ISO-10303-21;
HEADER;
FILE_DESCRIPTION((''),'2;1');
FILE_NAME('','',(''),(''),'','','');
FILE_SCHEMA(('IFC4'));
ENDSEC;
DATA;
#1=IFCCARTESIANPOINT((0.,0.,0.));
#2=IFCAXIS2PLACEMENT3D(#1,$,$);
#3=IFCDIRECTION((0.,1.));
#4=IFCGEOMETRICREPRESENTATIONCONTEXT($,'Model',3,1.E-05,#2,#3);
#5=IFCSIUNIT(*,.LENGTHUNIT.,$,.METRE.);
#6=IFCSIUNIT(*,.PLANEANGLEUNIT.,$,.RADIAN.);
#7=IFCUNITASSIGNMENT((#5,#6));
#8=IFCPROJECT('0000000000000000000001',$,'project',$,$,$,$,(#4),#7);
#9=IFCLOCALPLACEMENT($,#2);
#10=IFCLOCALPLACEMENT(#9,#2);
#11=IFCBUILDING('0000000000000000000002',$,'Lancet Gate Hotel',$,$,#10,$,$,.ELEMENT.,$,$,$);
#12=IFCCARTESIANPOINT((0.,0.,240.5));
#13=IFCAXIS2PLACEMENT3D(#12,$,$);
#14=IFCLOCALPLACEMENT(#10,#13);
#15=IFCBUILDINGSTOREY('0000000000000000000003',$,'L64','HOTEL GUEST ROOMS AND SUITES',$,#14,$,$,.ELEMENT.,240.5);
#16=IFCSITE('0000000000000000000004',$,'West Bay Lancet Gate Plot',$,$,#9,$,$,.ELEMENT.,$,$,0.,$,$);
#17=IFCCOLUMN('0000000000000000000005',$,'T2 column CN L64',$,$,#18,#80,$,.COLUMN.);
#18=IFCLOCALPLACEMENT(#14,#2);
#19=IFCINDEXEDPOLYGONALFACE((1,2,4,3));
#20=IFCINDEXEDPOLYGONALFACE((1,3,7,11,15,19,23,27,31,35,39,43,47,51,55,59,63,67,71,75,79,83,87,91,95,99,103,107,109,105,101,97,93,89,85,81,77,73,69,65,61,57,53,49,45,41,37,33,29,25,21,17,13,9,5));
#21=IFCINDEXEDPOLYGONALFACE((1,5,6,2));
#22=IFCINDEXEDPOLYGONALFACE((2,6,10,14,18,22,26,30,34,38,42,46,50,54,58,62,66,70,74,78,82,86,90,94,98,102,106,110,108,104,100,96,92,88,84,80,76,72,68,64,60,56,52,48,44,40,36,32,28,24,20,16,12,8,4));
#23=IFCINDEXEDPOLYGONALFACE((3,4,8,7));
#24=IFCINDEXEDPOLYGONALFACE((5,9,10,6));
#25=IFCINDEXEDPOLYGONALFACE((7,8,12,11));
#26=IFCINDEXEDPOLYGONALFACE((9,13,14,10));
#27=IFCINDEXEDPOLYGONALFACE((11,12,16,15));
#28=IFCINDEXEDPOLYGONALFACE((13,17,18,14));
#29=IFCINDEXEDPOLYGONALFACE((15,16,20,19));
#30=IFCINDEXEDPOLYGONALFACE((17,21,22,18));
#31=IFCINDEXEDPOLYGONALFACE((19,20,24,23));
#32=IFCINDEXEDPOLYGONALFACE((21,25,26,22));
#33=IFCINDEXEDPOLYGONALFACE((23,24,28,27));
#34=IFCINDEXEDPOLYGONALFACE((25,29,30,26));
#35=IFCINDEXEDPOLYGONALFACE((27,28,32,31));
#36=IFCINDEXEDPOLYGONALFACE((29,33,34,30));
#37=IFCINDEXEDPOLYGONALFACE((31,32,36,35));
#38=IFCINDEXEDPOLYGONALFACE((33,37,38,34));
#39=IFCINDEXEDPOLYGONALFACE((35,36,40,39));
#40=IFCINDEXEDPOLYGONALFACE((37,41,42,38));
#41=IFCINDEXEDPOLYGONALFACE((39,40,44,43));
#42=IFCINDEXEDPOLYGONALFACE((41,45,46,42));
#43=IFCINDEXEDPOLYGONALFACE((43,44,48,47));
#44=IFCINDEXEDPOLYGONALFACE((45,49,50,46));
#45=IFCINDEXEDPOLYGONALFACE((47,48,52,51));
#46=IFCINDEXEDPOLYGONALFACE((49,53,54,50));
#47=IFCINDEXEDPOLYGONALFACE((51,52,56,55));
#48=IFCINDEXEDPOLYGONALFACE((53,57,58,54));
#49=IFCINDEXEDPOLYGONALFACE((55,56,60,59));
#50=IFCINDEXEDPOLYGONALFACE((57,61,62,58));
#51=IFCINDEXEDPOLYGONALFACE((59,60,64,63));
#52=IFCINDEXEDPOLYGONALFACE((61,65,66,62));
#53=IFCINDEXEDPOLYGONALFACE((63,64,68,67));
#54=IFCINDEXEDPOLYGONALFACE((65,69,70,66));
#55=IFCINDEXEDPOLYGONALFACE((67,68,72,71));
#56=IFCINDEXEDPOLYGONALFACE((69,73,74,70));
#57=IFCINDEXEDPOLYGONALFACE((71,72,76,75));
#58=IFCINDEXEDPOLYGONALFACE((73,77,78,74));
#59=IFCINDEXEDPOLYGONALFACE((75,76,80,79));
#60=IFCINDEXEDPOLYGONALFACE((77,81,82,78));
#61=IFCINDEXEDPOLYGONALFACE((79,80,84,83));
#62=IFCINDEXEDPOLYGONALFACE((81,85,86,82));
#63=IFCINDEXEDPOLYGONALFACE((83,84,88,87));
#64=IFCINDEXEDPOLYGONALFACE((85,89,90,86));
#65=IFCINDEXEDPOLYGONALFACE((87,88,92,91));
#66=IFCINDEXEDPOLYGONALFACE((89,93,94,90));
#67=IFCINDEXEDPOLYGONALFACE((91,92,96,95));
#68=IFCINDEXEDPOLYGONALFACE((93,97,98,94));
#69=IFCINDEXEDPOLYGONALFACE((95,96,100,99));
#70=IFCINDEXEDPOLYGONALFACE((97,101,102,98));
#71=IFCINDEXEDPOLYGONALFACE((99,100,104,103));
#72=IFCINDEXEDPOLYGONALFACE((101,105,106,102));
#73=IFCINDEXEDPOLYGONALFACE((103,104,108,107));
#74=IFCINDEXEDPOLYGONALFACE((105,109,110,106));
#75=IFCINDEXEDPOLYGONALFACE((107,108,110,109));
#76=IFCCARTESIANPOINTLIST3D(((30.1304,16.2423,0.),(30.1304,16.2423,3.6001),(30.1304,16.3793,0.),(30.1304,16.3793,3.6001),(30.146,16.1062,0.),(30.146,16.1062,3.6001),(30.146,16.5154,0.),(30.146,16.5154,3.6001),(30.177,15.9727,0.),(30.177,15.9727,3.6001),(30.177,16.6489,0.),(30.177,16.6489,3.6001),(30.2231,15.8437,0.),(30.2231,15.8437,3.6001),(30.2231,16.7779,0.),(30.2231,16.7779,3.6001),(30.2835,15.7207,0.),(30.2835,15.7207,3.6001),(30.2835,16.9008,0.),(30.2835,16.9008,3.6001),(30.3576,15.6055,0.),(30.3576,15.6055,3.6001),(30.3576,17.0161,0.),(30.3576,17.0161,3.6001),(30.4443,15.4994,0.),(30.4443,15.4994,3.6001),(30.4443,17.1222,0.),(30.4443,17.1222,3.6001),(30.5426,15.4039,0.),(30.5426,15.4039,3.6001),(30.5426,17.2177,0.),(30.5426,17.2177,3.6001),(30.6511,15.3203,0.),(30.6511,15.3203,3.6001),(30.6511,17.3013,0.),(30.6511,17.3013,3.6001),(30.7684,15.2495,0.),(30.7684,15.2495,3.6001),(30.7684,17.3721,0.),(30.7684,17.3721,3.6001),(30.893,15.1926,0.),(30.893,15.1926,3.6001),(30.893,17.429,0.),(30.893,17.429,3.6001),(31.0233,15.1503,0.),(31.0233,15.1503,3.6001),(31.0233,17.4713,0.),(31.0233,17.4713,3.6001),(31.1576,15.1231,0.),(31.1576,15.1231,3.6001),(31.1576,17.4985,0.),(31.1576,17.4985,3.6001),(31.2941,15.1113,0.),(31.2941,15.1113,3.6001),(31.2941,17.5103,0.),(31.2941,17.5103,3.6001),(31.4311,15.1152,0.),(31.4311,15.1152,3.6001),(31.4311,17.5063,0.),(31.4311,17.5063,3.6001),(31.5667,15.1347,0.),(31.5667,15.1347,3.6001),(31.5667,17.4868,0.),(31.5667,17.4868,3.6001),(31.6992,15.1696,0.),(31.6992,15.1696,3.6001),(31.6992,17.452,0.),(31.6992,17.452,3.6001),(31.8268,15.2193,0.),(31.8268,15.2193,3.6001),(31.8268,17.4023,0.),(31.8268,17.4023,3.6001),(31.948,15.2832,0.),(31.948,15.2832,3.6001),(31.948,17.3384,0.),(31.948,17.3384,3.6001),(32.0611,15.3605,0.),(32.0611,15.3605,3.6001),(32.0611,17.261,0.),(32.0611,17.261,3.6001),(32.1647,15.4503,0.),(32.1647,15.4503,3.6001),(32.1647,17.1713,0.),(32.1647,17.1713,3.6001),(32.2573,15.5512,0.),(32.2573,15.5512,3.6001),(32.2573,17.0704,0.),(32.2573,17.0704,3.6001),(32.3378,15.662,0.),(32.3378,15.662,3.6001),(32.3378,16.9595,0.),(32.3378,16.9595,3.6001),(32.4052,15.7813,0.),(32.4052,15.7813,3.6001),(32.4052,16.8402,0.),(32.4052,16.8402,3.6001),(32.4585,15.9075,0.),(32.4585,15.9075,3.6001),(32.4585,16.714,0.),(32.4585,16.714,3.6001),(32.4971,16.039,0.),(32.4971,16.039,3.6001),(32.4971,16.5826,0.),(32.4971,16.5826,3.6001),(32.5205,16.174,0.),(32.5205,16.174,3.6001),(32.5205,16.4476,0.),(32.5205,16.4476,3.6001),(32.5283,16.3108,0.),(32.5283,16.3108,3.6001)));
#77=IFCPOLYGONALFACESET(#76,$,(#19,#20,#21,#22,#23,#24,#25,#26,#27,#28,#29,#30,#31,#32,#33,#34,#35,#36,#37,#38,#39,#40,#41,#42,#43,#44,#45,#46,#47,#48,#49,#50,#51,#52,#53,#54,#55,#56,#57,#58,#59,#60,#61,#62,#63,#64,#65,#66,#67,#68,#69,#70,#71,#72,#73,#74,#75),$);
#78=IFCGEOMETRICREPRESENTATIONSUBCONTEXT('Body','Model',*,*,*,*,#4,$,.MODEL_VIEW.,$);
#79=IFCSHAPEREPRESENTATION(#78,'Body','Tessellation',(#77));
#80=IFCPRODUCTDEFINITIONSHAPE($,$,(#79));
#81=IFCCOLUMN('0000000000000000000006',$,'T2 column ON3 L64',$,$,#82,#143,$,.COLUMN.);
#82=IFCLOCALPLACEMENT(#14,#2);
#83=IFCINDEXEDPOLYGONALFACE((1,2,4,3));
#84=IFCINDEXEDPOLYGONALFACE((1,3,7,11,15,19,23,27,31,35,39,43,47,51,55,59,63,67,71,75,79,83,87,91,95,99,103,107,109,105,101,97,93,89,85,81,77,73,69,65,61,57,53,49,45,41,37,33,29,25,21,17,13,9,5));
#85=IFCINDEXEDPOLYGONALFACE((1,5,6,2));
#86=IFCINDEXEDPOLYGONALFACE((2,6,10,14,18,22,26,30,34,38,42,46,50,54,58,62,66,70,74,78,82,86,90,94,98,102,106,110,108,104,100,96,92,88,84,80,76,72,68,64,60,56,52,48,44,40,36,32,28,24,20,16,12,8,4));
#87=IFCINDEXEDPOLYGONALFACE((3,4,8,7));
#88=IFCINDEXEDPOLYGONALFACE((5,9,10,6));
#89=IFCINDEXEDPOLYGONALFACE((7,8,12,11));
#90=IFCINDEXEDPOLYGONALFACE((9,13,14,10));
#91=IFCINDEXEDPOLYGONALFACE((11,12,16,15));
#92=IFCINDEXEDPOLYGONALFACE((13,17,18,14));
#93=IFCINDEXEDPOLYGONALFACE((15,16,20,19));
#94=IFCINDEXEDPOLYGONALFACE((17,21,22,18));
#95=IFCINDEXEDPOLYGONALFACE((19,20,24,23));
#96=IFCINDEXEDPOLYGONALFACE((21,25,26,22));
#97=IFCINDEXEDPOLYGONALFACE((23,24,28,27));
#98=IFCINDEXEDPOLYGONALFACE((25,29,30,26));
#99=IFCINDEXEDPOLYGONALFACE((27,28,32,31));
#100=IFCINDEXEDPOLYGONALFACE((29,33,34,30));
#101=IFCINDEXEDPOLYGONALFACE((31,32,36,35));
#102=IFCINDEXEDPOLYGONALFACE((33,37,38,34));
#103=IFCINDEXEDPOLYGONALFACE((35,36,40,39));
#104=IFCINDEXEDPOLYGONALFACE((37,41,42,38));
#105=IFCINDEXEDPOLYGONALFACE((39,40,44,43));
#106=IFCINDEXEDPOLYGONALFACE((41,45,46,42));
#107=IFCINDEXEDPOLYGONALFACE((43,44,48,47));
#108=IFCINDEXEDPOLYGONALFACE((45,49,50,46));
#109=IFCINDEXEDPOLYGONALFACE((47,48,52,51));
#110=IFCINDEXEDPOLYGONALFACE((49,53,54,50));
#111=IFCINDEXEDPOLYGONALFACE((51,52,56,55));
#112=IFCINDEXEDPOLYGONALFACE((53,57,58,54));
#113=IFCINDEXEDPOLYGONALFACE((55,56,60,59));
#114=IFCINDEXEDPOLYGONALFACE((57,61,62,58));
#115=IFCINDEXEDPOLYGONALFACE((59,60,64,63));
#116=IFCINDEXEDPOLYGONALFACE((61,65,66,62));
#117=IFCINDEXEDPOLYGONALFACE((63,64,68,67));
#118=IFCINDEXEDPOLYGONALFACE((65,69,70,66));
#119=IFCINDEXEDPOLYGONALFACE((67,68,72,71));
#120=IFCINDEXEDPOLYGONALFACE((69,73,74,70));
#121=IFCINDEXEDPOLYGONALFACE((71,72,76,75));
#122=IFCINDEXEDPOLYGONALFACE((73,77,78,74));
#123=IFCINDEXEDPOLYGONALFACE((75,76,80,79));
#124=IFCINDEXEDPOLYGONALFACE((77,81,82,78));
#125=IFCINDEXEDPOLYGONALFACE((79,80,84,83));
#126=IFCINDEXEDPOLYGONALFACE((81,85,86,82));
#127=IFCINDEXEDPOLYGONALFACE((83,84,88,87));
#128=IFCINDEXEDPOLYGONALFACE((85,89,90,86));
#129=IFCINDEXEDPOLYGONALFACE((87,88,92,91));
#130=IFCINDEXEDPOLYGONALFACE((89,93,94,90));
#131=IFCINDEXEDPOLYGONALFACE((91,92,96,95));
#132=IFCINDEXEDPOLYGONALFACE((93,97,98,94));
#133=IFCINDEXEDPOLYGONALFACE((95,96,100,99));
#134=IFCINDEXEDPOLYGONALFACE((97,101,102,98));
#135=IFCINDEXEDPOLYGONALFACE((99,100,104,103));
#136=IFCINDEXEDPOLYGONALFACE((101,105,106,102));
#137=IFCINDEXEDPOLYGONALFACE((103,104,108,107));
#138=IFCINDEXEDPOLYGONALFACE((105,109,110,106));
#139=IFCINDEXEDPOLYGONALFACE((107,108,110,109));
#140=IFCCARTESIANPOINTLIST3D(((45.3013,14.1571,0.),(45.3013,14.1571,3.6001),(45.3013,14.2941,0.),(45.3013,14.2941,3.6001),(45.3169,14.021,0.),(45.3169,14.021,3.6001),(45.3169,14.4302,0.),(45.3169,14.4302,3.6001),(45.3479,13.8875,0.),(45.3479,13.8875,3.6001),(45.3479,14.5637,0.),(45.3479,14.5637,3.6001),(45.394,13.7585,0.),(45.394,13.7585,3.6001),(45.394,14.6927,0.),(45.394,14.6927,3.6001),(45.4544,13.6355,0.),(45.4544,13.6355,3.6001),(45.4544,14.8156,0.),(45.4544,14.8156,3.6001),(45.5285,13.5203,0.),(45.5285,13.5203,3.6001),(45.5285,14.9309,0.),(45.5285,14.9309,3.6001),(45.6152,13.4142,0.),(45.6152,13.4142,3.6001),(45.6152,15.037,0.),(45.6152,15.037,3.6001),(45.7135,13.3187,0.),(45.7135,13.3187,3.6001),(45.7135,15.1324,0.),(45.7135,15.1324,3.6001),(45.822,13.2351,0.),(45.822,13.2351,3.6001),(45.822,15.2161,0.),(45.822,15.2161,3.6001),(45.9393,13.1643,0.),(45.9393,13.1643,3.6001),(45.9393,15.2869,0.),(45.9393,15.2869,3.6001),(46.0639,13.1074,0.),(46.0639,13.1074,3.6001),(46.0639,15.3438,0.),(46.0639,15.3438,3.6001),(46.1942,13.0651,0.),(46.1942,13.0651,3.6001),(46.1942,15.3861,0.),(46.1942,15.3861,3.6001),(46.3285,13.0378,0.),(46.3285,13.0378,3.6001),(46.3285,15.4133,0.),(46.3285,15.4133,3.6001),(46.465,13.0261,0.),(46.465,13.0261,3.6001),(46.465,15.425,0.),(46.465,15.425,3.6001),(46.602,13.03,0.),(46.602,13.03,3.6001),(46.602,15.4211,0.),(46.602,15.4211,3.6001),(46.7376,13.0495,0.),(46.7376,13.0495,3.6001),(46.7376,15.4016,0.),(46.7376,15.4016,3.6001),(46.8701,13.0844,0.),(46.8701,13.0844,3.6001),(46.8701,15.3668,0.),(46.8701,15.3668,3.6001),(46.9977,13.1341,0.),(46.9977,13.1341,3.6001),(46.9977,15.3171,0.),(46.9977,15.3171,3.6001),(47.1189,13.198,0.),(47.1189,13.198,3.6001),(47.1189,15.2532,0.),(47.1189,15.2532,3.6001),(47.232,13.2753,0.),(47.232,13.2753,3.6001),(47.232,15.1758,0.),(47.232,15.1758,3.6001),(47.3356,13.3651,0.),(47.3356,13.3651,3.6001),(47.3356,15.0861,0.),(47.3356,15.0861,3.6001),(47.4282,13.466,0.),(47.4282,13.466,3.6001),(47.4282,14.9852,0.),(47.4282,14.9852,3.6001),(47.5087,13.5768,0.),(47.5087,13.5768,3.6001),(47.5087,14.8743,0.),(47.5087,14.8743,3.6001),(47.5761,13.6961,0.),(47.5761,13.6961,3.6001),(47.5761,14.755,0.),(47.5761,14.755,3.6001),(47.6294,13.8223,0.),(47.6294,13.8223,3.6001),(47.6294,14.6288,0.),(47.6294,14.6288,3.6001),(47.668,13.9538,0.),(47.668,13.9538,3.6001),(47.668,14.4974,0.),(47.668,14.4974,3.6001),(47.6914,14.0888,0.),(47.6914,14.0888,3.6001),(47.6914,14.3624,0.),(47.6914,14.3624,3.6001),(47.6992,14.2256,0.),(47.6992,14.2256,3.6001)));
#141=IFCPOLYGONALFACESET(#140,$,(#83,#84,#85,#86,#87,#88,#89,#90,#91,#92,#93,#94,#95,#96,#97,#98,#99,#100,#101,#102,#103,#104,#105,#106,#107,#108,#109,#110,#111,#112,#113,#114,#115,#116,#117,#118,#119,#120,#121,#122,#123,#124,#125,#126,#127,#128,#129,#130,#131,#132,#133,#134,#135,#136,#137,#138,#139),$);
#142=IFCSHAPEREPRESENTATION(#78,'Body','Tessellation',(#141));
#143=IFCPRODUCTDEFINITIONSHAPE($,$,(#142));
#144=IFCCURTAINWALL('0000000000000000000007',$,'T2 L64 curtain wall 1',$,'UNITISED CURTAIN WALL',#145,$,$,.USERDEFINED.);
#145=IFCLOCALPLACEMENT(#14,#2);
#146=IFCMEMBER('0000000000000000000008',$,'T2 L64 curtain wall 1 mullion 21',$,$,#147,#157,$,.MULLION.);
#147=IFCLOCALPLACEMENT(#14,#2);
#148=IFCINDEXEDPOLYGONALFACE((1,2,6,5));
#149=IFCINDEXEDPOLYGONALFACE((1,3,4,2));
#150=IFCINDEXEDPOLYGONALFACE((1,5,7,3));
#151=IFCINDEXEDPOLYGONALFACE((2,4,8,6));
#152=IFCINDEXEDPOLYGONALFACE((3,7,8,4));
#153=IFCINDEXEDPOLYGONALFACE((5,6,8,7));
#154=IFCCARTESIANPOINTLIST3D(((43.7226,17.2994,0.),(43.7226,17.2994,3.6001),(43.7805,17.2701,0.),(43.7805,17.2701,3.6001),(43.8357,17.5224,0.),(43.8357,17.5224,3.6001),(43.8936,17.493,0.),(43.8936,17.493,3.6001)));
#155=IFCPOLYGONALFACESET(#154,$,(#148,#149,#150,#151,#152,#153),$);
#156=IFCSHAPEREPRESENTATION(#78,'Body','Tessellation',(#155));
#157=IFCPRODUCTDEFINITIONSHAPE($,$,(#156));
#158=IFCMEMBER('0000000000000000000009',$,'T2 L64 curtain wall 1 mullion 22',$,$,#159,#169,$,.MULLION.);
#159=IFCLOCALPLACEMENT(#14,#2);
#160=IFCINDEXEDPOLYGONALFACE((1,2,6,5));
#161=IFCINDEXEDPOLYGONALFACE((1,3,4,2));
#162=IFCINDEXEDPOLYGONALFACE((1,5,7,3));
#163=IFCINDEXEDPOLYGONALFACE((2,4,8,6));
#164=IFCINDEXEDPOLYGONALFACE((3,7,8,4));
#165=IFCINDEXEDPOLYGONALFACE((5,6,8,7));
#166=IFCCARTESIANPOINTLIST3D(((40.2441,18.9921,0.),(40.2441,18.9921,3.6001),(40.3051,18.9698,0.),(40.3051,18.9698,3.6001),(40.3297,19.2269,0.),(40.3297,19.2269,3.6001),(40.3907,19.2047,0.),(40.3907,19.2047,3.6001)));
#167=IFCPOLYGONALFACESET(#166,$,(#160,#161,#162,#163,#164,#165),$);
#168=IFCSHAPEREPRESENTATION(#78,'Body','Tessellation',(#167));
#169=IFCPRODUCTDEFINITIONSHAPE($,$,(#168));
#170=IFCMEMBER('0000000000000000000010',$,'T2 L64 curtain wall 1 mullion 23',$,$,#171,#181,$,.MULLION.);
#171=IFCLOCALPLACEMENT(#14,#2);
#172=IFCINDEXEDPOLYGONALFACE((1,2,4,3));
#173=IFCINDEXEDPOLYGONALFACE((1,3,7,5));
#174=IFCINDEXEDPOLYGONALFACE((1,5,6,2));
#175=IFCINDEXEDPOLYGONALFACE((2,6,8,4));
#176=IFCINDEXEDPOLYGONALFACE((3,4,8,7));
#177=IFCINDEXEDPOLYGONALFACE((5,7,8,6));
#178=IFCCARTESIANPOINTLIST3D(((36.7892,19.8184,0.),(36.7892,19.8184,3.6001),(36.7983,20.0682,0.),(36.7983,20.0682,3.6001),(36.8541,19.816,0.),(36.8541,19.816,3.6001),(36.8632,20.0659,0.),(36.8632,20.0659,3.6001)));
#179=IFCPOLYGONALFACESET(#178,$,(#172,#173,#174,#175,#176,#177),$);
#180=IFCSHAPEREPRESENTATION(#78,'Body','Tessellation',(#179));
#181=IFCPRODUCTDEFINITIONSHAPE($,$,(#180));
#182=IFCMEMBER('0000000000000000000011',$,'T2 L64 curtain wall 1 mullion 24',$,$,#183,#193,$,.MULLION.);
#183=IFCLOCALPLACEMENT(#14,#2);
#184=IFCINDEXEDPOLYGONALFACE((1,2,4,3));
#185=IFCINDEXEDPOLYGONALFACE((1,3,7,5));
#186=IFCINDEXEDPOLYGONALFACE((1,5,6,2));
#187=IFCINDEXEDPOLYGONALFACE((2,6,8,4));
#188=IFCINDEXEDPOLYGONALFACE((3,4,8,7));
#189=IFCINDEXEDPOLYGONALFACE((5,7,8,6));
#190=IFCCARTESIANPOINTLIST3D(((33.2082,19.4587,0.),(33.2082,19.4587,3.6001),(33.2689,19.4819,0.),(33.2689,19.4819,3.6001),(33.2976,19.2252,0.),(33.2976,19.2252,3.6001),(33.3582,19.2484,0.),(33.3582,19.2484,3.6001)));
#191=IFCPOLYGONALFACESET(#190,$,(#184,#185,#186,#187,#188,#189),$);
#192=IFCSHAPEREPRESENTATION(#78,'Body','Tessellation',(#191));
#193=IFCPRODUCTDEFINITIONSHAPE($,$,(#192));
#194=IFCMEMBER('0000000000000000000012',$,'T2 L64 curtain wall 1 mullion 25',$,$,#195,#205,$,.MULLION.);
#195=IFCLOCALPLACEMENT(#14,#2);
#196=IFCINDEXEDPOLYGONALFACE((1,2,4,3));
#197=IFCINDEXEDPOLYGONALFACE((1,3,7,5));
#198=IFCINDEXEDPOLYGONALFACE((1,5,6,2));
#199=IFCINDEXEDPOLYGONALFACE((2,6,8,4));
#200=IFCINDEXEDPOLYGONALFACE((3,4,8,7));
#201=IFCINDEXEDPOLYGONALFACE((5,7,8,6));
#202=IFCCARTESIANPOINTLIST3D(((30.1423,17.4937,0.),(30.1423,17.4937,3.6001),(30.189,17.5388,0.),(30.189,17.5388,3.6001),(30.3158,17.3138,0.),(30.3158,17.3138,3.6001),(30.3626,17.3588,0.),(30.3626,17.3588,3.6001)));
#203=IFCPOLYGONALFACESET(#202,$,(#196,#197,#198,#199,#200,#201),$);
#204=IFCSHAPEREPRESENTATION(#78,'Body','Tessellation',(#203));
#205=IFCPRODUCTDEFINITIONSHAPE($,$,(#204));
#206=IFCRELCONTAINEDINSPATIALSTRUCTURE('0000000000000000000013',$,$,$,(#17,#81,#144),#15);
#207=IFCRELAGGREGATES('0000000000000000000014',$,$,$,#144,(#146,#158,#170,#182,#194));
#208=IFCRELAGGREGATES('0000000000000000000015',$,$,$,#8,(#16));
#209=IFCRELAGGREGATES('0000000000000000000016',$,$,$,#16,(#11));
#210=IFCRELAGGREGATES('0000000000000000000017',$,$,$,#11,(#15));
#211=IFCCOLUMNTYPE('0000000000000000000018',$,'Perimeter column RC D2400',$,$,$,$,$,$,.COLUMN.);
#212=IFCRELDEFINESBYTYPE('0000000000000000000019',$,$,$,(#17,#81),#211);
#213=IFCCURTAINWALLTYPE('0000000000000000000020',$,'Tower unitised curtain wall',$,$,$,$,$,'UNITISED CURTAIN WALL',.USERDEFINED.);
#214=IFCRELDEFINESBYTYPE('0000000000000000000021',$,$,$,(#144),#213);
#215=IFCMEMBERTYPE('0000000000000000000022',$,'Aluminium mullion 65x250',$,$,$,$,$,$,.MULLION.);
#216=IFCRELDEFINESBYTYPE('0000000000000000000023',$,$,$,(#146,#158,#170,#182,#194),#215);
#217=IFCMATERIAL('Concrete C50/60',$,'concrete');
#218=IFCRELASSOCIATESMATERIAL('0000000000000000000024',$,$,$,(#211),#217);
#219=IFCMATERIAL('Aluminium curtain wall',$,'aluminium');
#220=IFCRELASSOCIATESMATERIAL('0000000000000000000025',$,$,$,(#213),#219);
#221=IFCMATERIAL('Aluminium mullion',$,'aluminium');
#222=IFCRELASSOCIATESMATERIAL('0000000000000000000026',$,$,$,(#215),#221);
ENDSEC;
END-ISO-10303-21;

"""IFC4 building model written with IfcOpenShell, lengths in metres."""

from ifc_helpers import new_model, si_unit, direction, frame, origin, origin_2d, place, context, subcontext, project, spatial, rectangle, circle, extrude, material, material_profile, profile_set, type_object, element, aggregate, save


model = new_model("IFC4")

# Units and contexts
model_context = context("Model", 3, precision=1e-05, world=origin(), true_north=direction((0.0, 1.0)))
body_context = subcontext(model_context, "Body", "Model", "MODEL_VIEW")
ifc_project = project(units=[si_unit("LENGTHUNIT", "METRE"), si_unit("PLANEANGLEUNIT", "RADIAN")], contexts=[model_context])

# Site, building, storey
site_placement = place(None, origin())
site = spatial("IfcSite", under=ifc_project, at=site_placement, Name="West Bay Lancet Gate Plot", CompositionType="ELEMENT", RefElevation=0.0)
building_placement = place(site_placement, origin())
building = spatial("IfcBuilding", under=site, at=building_placement, Name="Lancet Gate Hotel", CompositionType="ELEMENT")
storey_placement = place(building_placement, frame((0.0, 0.0, 240.5)))
storey = spatial("IfcBuildingStorey", under=building, at=storey_placement, Name="L64", Description="HOTEL GUEST ROOMS AND SUITES", CompositionType="ELEMENT", Elevation=240.5)

# Columns
ifc_material_1 = material(Name="Concrete C50/60", Category="concrete")
ifc_material_profile_1 = material_profile(ifc_material_1, circle(Radius=1.2, at=origin_2d()), Name="RC D2400")
ifc_profile_set_1 = profile_set([ifc_material_profile_1], Name="Concrete C50/60")
column_type = type_object("IfcColumnType", Name="Perimeter column RC D2400", PredefinedType="COLUMN", material=ifc_profile_set_1)
for number, where, z_axis, x_axis, name in (
    (1, (31.3284, 16.3108, 0.0), (0.0, 0.0, 1.0), (1.0, 0.0, 0.0), "T2 column CN L64"),
    (2, (46.4993, 14.2256, 0.0), (0.0, 0.0, 1.0), (1.0, 0.0, 0.0), "T2 column ON3 L64"),
):
    element("IfcColumn", number, at=place(storey_placement, frame(where, z_axis=z_axis, x_axis=x_axis)), inside=storey, type_object=column_type, Name=name, PredefinedType="COLUMN", context=body_context, shape_type="SweptSolid", body=[
        extrude(circle(Radius=1.2, at=origin_2d()), origin(), (0.0, 0.0, 1.0), 3.6001),
    ])

# Curtain wall, members
ifc_material_2 = material(Name="Aluminium curtain wall", Category="aluminium")
curtain_wall_type = type_object("IfcCurtainWallType", Name="Tower unitised curtain wall", ElementType="UNITISED CURTAIN WALL", PredefinedType="USERDEFINED", material=ifc_material_2)
curtain_wall_placement = place(storey_placement, origin())
curtain_wall = element("IfcCurtainWall", 3, at=curtain_wall_placement, inside=storey, type_object=curtain_wall_type, Name="T2 L64 curtain wall 1", ObjectType="UNITISED CURTAIN WALL", PredefinedType="USERDEFINED")
ifc_material_3 = material(Name="Aluminium mullion", Category="aluminium")
ifc_material_profile_2 = material_profile(ifc_material_3, rectangle(XDim=0.0649, YDim=0.25, at=origin_2d()), Name="MULLION 65x250")
ifc_profile_set_2 = profile_set([ifc_material_profile_2], Name="Aluminium mullion")
member_type_1 = type_object("IfcMemberType", Name="Aluminium mullion 65x250", PredefinedType="MULLION", material=ifc_profile_set_2)
member_1_placement = place(storey_placement, frame((43.8081, 17.3962, 0.0), z_axis=(0.0, 0.0, 1.0), x_axis=(-0.891833, 0.452365, 0.0)))
member_1 = element("IfcMember", 4, at=member_1_placement, type_object=member_type_1, Name="T2 L64 curtain wall 1 mullion 21", PredefinedType="MULLION", context=body_context, shape_type="SweptSolid", body=[
    extrude(rectangle(XDim=0.0649, YDim=0.25, at=origin_2d()), origin(), (0.0, 0.0, 1.0), 3.6001),
])
member_2_placement = place(storey_placement, frame((40.3174, 19.0984, 0.0), z_axis=(0.0, 0.0, 1.0), x_axis=(-0.939484, 0.342593, 0.0)))
member_2 = element("IfcMember", 5, at=member_2_placement, type_object=member_type_1, Name="T2 L64 curtain wall 1 mullion 22", PredefinedType="MULLION", context=body_context, shape_type="SweptSolid", body=[
    extrude(rectangle(XDim=0.0649, YDim=0.25, at=origin_2d()), origin(), (0.0, 0.0, 1.0), 3.6001),
])
member_3_placement = place(storey_placement, frame((36.8262, 19.9421, 0.0), z_axis=(0.0, 0.0, 1.0), x_axis=(-0.999343, 0.03625, 0.0)))
member_3 = element("IfcMember", 6, at=member_3_placement, type_object=member_type_1, Name="T2 L64 curtain wall 1 mullion 23", PredefinedType="MULLION", context=body_context, shape_type="SweptSolid", body=[
    extrude(rectangle(XDim=0.0649, YDim=0.25, at=origin_2d()), origin(), (0.0, 0.0, 1.0), 3.6001),
])
member_4_placement = place(storey_placement, frame((33.2832, 19.3535, 0.0), z_axis=(0.0, 0.0, 1.0), x_axis=(-0.933943, -0.357421, 0.0)))
member_4 = element("IfcMember", 7, at=member_4_placement, type_object=member_type_1, Name="T2 L64 curtain wall 1 mullion 24", PredefinedType="MULLION", context=body_context, shape_type="SweptSolid", body=[
    extrude(rectangle(XDim=0.0649, YDim=0.25, at=origin_2d()), origin(), (0.0, 0.0, 1.0), 3.6001),
])
member_5_placement = place(storey_placement, frame((30.2524, 17.4263, 0.0), z_axis=(0.0, 0.0, 1.0), x_axis=(-0.719809, -0.694172, 0.0)))
member_5 = element("IfcMember", 8, at=member_5_placement, type_object=member_type_1, Name="T2 L64 curtain wall 1 mullion 25", PredefinedType="MULLION", context=body_context, shape_type="SweptSolid", body=[
    extrude(rectangle(XDim=0.0649, YDim=0.25, at=origin_2d()), origin(), (0.0, 0.0, 1.0), 3.6001),
])

aggregate(curtain_wall, [member_1, member_2, member_3, member_4, member_5])

save(model, "model.ifc")
